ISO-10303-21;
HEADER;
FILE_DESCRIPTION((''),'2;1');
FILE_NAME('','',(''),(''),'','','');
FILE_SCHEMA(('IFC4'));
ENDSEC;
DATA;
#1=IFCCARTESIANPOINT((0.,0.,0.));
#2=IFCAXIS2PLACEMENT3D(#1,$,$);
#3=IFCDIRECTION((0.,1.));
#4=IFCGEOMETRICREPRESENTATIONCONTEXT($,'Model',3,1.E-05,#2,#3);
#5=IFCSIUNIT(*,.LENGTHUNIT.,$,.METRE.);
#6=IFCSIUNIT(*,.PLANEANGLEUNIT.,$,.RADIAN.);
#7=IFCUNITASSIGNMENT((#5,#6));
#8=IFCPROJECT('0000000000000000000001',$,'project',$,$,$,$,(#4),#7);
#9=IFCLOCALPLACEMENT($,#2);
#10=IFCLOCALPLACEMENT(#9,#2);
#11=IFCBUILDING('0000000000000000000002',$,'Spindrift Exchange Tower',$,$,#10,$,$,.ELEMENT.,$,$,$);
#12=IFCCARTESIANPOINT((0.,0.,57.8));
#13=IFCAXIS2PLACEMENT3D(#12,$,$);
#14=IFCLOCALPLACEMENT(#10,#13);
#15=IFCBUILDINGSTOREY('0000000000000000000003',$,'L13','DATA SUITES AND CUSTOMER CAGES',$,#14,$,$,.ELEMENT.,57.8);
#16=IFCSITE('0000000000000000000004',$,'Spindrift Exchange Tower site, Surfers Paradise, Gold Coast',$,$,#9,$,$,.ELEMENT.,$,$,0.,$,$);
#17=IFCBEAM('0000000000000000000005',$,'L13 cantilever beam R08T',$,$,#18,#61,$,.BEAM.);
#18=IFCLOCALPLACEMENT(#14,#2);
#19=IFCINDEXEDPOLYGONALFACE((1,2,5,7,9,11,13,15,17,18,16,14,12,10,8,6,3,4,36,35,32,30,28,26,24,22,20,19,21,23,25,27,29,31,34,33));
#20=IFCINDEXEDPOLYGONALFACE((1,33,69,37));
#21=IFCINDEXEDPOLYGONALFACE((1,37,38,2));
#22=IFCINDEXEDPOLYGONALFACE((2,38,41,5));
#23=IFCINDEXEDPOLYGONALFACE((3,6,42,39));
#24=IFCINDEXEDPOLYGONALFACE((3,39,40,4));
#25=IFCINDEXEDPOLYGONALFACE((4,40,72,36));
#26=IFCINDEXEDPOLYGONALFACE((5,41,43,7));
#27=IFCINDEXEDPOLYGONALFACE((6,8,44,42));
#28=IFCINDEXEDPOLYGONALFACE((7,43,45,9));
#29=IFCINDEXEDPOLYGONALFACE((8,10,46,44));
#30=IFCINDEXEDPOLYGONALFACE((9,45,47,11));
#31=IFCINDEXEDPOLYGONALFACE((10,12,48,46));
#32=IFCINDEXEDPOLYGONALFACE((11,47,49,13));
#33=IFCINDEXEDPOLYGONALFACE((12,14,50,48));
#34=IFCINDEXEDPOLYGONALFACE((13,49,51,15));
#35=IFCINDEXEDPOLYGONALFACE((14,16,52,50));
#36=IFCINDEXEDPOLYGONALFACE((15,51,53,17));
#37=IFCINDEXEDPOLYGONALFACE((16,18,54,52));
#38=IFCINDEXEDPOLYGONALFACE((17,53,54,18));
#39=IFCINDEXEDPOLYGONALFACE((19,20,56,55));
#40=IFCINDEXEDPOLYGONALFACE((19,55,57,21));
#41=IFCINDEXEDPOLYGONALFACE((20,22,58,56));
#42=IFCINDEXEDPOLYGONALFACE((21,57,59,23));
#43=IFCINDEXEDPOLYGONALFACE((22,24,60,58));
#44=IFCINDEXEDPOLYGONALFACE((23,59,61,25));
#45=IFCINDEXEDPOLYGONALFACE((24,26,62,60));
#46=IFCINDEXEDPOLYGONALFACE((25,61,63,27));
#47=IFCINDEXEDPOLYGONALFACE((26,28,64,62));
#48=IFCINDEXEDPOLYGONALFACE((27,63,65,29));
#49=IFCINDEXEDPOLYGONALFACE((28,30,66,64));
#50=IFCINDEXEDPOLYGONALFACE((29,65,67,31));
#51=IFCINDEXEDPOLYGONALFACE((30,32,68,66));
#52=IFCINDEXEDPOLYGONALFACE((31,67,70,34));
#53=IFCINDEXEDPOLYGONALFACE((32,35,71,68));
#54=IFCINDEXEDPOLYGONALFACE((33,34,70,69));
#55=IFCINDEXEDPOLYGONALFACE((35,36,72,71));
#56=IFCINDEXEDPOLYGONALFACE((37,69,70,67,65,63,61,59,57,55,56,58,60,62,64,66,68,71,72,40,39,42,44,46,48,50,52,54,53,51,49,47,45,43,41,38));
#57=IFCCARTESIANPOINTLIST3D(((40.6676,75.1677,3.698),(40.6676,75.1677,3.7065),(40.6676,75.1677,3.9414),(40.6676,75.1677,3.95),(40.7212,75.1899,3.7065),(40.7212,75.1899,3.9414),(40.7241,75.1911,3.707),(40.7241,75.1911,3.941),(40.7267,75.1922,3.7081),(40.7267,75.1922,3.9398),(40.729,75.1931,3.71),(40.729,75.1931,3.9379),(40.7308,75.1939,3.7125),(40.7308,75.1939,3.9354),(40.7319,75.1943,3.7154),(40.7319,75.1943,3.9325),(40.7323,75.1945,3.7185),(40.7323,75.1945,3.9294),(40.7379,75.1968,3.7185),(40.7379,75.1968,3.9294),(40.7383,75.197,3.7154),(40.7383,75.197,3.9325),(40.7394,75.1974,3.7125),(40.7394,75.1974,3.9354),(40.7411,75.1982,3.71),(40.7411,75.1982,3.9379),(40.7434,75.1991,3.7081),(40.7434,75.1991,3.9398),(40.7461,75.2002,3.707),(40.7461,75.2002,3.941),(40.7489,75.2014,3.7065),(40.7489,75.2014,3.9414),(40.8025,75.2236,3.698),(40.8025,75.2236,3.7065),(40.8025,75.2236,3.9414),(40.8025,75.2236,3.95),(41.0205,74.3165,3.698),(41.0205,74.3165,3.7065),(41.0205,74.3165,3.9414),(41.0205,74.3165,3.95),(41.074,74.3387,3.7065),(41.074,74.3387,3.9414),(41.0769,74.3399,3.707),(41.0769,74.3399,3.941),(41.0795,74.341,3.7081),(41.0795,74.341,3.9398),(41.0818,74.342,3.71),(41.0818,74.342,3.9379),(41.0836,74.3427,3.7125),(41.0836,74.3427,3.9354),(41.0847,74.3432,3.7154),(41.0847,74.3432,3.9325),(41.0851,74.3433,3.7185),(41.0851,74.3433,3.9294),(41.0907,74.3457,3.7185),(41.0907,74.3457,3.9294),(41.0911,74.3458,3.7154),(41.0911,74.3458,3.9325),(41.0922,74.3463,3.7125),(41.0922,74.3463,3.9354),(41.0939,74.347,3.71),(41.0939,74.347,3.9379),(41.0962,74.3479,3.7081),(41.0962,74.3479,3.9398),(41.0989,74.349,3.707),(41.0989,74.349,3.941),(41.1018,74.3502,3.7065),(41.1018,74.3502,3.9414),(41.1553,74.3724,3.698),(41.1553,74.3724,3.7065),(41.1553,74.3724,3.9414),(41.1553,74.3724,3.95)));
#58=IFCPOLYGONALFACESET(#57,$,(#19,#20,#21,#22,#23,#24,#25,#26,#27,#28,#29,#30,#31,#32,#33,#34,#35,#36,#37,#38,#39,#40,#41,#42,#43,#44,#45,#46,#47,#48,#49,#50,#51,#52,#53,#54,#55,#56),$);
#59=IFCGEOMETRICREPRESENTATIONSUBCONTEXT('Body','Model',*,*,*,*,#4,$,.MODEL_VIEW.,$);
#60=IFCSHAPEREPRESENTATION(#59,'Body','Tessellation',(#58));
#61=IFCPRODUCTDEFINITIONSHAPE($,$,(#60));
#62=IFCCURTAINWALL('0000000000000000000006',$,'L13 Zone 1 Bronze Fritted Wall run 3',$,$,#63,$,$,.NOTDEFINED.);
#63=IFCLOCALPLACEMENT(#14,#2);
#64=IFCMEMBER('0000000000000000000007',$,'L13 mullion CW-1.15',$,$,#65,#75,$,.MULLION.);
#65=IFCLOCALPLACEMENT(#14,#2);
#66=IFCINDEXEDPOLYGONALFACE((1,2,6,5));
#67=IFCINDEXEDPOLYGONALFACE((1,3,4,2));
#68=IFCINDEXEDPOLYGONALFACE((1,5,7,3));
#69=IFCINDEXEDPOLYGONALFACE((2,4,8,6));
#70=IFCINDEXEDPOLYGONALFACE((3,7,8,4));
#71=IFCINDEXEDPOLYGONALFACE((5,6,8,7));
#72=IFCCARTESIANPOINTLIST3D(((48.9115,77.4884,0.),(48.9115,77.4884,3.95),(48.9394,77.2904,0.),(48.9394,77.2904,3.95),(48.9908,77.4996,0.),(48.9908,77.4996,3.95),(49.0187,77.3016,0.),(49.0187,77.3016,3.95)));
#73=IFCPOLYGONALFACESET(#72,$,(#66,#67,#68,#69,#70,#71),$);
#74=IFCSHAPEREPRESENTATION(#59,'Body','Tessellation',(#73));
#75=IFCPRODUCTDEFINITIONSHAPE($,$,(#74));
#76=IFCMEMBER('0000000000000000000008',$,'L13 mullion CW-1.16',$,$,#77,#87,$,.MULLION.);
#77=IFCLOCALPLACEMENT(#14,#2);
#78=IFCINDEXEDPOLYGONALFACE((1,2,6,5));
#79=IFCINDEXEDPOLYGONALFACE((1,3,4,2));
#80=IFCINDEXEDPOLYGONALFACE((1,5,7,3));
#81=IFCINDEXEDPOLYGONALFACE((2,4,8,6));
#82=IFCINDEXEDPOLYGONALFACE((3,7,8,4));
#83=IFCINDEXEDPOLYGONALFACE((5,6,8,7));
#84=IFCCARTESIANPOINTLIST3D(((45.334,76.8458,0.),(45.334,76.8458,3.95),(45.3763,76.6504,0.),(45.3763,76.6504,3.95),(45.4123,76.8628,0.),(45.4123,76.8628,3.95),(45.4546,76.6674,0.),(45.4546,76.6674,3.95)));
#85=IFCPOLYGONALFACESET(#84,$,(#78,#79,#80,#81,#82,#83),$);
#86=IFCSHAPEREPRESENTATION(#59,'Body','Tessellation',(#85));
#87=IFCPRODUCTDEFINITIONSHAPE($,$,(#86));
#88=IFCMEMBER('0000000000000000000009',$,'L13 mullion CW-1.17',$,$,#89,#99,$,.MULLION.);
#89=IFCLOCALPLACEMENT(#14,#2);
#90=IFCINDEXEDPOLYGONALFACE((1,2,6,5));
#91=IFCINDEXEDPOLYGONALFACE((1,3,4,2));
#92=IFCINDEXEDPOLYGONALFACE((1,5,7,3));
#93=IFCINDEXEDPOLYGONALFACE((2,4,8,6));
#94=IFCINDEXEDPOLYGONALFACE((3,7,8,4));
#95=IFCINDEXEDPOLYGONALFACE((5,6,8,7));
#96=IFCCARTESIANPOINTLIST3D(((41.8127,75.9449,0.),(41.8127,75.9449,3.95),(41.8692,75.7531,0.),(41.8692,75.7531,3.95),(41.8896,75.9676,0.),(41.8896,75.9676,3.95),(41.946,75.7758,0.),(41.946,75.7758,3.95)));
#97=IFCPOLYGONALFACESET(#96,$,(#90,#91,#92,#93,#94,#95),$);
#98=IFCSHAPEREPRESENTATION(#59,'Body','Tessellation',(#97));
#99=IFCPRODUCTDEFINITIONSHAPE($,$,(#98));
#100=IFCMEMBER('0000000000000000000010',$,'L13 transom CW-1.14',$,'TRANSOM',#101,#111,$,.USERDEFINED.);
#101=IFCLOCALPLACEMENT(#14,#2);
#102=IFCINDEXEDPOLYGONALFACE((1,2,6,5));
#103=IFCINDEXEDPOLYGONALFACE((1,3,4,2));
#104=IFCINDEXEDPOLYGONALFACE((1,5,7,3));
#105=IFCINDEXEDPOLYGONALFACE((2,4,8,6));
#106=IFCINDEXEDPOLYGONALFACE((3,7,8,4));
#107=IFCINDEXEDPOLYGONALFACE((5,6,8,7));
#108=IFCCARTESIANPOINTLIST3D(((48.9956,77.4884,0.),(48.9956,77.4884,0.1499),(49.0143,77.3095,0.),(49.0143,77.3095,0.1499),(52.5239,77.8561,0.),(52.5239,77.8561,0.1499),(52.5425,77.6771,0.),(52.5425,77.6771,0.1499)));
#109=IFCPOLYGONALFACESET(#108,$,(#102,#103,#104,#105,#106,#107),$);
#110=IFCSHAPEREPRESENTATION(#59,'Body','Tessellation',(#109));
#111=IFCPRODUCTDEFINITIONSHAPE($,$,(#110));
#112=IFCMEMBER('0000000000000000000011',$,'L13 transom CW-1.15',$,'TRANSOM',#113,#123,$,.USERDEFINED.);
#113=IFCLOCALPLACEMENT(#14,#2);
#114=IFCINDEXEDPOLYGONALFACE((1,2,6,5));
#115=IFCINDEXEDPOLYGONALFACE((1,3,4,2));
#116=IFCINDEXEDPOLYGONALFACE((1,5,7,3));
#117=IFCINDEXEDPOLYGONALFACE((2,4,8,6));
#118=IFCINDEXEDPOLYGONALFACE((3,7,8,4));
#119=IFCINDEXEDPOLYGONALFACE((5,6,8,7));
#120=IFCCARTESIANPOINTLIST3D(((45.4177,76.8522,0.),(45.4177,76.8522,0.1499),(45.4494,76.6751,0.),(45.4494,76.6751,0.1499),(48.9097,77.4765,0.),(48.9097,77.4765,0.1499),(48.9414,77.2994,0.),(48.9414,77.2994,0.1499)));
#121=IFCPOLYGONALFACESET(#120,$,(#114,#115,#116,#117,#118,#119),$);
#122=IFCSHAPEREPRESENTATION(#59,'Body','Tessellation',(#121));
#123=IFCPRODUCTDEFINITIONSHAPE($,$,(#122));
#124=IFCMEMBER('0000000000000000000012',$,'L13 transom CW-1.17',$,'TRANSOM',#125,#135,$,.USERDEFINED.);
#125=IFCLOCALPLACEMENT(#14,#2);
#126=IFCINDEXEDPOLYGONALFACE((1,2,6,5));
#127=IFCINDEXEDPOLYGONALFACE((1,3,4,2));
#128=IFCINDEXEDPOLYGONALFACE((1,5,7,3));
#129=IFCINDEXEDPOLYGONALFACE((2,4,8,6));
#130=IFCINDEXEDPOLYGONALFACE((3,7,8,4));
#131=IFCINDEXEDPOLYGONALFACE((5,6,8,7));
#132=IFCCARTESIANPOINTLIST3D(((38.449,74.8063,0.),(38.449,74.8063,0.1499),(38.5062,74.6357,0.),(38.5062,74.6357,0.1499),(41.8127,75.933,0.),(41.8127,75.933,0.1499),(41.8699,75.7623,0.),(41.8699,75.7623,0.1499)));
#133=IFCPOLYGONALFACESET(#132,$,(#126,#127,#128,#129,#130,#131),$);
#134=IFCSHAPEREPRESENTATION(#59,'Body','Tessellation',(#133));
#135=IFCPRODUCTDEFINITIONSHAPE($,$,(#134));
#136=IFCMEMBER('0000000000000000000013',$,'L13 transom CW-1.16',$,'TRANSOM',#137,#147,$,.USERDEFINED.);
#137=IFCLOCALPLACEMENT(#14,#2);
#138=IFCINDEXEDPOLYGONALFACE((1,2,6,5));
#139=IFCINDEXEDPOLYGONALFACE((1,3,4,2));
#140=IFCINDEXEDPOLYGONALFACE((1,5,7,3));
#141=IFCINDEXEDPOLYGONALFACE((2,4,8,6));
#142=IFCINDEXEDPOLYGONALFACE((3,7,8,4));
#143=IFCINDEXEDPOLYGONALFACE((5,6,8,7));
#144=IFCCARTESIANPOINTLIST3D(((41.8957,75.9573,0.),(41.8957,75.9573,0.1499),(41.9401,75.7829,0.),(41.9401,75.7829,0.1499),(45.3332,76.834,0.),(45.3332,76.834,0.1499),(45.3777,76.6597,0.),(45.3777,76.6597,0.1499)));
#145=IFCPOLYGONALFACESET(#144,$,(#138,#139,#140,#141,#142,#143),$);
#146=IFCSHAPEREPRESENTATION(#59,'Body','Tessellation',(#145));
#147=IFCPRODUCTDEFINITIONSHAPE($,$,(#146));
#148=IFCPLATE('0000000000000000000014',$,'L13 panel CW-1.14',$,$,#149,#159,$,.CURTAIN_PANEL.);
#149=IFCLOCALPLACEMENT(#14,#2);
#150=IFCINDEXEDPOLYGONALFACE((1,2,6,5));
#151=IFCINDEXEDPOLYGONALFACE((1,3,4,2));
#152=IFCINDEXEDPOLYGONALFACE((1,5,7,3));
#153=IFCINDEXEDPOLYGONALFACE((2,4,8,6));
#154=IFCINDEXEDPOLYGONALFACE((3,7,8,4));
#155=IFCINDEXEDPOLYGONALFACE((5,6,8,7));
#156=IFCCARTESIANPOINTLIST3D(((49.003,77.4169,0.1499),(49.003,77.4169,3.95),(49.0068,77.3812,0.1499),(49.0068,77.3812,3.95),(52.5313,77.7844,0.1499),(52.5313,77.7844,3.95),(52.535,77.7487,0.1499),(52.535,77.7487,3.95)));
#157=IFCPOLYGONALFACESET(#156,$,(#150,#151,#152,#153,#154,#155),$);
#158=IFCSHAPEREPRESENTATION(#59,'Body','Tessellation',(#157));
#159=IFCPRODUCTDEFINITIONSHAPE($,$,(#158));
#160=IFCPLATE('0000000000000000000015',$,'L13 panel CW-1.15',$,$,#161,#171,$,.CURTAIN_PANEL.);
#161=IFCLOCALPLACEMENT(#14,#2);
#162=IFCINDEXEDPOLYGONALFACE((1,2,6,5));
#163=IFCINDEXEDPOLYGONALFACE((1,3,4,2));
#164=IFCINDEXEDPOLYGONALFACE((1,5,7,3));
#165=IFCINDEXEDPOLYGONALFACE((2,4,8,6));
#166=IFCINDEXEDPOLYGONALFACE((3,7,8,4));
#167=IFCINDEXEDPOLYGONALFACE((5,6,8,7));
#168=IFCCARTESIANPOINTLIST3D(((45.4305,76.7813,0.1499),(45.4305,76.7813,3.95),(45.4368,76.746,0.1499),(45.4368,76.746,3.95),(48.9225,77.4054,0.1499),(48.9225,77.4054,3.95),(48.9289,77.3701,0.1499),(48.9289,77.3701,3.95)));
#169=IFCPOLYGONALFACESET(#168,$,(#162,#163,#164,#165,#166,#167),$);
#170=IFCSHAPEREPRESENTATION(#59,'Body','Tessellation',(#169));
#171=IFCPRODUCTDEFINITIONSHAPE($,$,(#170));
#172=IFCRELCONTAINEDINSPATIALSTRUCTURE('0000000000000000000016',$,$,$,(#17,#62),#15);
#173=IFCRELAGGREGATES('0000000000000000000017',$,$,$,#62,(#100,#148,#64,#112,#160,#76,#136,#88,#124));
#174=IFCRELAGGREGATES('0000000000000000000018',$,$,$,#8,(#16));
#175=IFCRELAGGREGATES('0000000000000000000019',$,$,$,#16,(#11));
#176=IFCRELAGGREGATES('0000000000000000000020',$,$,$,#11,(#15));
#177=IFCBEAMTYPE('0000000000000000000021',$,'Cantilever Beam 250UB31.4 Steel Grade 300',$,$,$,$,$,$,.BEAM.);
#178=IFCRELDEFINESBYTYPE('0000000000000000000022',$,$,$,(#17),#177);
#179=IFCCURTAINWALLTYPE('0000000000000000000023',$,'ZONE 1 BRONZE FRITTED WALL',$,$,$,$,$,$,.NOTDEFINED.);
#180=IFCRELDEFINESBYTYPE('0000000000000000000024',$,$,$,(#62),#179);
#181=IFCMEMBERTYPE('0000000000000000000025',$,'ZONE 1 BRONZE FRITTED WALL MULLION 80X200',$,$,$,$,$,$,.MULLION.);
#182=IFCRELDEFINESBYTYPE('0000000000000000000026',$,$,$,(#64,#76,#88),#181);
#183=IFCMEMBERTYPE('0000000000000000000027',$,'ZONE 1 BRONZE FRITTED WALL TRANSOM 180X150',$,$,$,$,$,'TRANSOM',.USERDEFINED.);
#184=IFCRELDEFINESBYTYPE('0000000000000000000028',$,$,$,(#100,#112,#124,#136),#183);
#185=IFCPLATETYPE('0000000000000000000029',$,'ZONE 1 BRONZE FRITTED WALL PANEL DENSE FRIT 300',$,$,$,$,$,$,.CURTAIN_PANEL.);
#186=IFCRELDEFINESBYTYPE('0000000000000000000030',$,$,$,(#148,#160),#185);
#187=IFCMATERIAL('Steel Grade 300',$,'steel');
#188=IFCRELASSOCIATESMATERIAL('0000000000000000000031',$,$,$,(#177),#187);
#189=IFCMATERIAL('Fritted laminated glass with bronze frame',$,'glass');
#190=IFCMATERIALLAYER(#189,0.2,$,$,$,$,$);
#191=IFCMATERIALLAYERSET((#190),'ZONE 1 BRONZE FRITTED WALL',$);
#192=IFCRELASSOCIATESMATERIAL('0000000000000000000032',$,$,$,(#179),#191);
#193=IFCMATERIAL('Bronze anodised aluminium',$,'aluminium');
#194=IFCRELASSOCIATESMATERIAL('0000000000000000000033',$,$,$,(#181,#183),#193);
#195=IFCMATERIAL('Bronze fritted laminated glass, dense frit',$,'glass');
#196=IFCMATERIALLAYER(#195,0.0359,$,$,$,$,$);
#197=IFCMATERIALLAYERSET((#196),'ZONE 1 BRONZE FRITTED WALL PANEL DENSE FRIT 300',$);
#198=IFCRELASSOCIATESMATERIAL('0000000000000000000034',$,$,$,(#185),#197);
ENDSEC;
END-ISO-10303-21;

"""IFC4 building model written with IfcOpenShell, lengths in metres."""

from ifc_helpers import new_model, si_unit, direction, frame, origin, origin_2d, place, context, subcontext, project, spatial, rectangle, i_section, extrude, source, transform, mapped, material, layer, layer_set, material_profile, profile_set, type_object, element, aggregate, save


model = new_model("IFC4")

# Units and contexts
model_context = context("Model", 3, precision=1e-05, world=origin(), true_north=direction((0.0, 1.0)))
body_context = subcontext(model_context, "Body", "Model", "MODEL_VIEW")
ifc_project = project(units=[si_unit("LENGTHUNIT", "METRE"), si_unit("PLANEANGLEUNIT", "RADIAN")], contexts=[model_context])

# Site, building, storey
site_placement = place(None, origin())
site = spatial("IfcSite", under=ifc_project, at=site_placement, Name="Spindrift Exchange Tower site, Surfers Paradise, Gold Coast", CompositionType="ELEMENT", RefElevation=0.0)
building_placement = place(site_placement, origin())
building = spatial("IfcBuilding", under=site, at=building_placement, Name="Spindrift Exchange Tower", CompositionType="ELEMENT")
storey_placement = place(building_placement, frame((0.0, 0.0, 57.8)))
storey = spatial("IfcBuildingStorey", under=building, at=storey_placement, Name="L13", Description="DATA SUITES AND CUSTOMER CAGES", CompositionType="ELEMENT", Elevation=57.8)

# Beam
ifc_material_1 = material(Name="Steel Grade 300", Category="steel")
ifc_material_profile_1 = material_profile(ifc_material_1, i_section(OverallWidth=0.146, OverallDepth=0.252, WebThickness=0.0061, FlangeThickness=0.0085, FilletRadius=0.012, at=origin_2d()), Name="250UB31.4")
ifc_profile_set_1 = profile_set([ifc_material_profile_1], Name="Steel Grade 300")
beam_type_1 = type_object("IfcBeamType", Name="Cantilever Beam 250UB31.4 Steel Grade 300", PredefinedType="BEAM", material=ifc_profile_set_1)
shared_shape_1 = source(origin(), body_context, "Body", "SweptSolid", [
    extrude(i_section(OverallWidth=0.146, OverallDepth=0.252, WebThickness=0.0061, FlangeThickness=0.0085, FilletRadius=0.012, at=origin_2d()), origin(), (0.0, 0.0, 1.0), 0.9214),
])
beam_1_placement = place(storey_placement, frame((41.0879, 74.3445, 3.824), z_axis=(-0.382921, 0.923781, 0.0), x_axis=(-0.923781, -0.382921, 0.0)))
element("IfcBeam", 1, at=beam_1_placement, inside=storey, type_object=beam_type_1, Name="L13 cantilever beam R08T", PredefinedType="BEAM", context=body_context, shape_type="MappedRepresentation", body=[
    mapped(shared_shape_1, transform((0.0, 0.0, 0.0), scale=1.0)),
])

# Curtain wall, members, plates
ifc_material_2 = material(Name="Fritted laminated glass with bronze frame", Category="glass")
ifc_layer_1 = layer(ifc_material_2, 0.2)
ifc_layer_set_1 = layer_set([ifc_layer_1], Name="ZONE 1 BRONZE FRITTED WALL")
curtain_wall_type = type_object("IfcCurtainWallType", Name="ZONE 1 BRONZE FRITTED WALL", PredefinedType="NOTDEFINED", material=ifc_layer_set_1)
curtain_wall_placement = place(storey_placement, origin())
curtain_wall = element("IfcCurtainWall", 2, at=curtain_wall_placement, inside=storey, type_object=curtain_wall_type, Name="L13 Zone 1 Bronze Fritted Wall run 3", PredefinedType="NOTDEFINED")
ifc_material_3 = material(Name="Bronze anodised aluminium", Category="aluminium")
ifc_material_profile_2 = material_profile(ifc_material_3, rectangle(XDim=0.0801, YDim=0.2, at=origin_2d()), Name="ZONE 1 BRONZE FRITTED WALL MULLION 80X200")
ifc_profile_set_2 = profile_set([ifc_material_profile_2], Name="Bronze anodised aluminium")
member_type_1 = type_object("IfcMemberType", Name="ZONE 1 BRONZE FRITTED WALL MULLION 80X200", PredefinedType="MULLION", material=ifc_profile_set_2)
shared_shape_2 = source(origin(), body_context, "Body", "SweptSolid", [
    extrude(rectangle(XDim=0.0801, YDim=0.2, at=origin_2d()), origin(), (0.0, 0.0, 1.0), 3.95),
])
member_1_placement = place(storey_placement, frame((48.9651, 77.395, 0.0), z_axis=(0.0, 0.0, 1.0), x_axis=(-0.990171, -0.139863, 0.0)))
member_1 = element("IfcMember", 3, at=member_1_placement, type_object=member_type_1, Name="L13 mullion CW-1.15", PredefinedType="MULLION", context=body_context, shape_type="MappedRepresentation", body=[
    mapped(shared_shape_2, transform((0.0, 0.0, 0.0), scale=1.0)),
])
member_2_placement = place(storey_placement, frame((45.3943, 76.7566, 0.0), z_axis=(0.0, 0.0, 1.0), x_axis=(-0.977341, -0.21167, 0.0)))
member_2 = element("IfcMember", 4, at=member_2_placement, type_object=member_type_1, Name="L13 mullion CW-1.16", PredefinedType="MULLION", context=body_context, shape_type="MappedRepresentation", body=[
    mapped(shared_shape_2, transform((0.0, 0.0, 0.0), scale=1.0)),
])
member_3_placement = place(storey_placement, frame((41.8794, 75.8604, 0.0), z_axis=(0.0, 0.0, 1.0), x_axis=(-0.959255, -0.282542, 0.0)))
member_3 = element("IfcMember", 5, at=member_3_placement, type_object=member_type_1, Name="L13 mullion CW-1.17", PredefinedType="MULLION", context=body_context, shape_type="MappedRepresentation", body=[
    mapped(shared_shape_2, transform((0.0, 0.0, 0.0), scale=1.0)),
])
ifc_material_profile_3 = material_profile(ifc_material_3, rectangle(XDim=0.1799, YDim=0.1499, at=origin_2d()), Name="ZONE 1 BRONZE FRITTED WALL TRANSOM 180X150")
ifc_profile_set_3 = profile_set([ifc_material_profile_3], Name="Bronze anodised aluminium")
member_type_2 = type_object("IfcMemberType", Name="ZONE 1 BRONZE FRITTED WALL TRANSOM 180X150", ElementType="TRANSOM", PredefinedType="USERDEFINED", material=ifc_profile_set_3)
shared_shape_3 = source(origin(), body_context, "Body", "SweptSolid", [
    extrude(rectangle(XDim=0.1799, YDim=0.1499, at=origin_2d()), origin(), (0.0, 0.0, 1.0), 3.5474),
])
member_4_placement = place(storey_placement, frame((52.5332, 77.7666, 0.075), z_axis=(-0.994614, -0.103646, 0.0), x_axis=(0.103646, -0.994614, 0.0)))
member_4 = element("IfcMember", 6, at=member_4_placement, type_object=member_type_2, Name="L13 transom CW-1.14", ObjectType="TRANSOM", PredefinedType="USERDEFINED", context=body_context, shape_type="MappedRepresentation", body=[
    mapped(shared_shape_3, transform((0.0, 0.0, 0.0), scale=1.0)),
])
member_5_placement = place(storey_placement, frame((48.9255, 77.3879, 0.075), z_axis=(-0.984393, -0.175984, 0.0), x_axis=(0.175984, -0.984393, 0.0)))
member_5 = element("IfcMember", 7, at=member_5_placement, type_object=member_type_2, Name="L13 transom CW-1.15", ObjectType="TRANSOM", PredefinedType="USERDEFINED", context=body_context, shape_type="MappedRepresentation", body=[
    mapped(shared_shape_3, transform((0.0, 0.0, 0.0), scale=1.0)),
])
member_6_placement = place(storey_placement, frame((41.8413, 75.8477, 0.075), z_axis=(-0.948221, -0.317611, 0.0), x_axis=(0.317611, -0.948221, 0.0)))
member_6 = element("IfcMember", 8, at=member_6_placement, type_object=member_type_2, Name="L13 transom CW-1.17", ObjectType="TRANSOM", PredefinedType="USERDEFINED", context=body_context, shape_type="MappedRepresentation", body=[
    mapped(shared_shape_3, transform((0.0, 0.0, 0.0), scale=1.0)),
])
shared_shape_4 = source(origin(), body_context, "Body", "SweptSolid", [
    extrude(rectangle(XDim=0.1799, YDim=0.1499, at=origin_2d()), origin(), (0.0, 0.0, 1.0), 3.5476),
])
member_7_placement = place(storey_placement, frame((45.3555, 76.7468, 0.075), z_axis=(-0.968982, -0.247132, 0.0), x_axis=(0.247132, -0.968982, 0.0)))
member_7 = element("IfcMember", 9, at=member_7_placement, type_object=member_type_2, Name="L13 transom CW-1.16", ObjectType="TRANSOM", PredefinedType="USERDEFINED", context=body_context, shape_type="MappedRepresentation", body=[
    mapped(shared_shape_4, transform((0.0, 0.0, 0.0), scale=1.0)),
])
ifc_material_4 = material(Name="Bronze fritted laminated glass, dense frit", Category="glass")
ifc_layer_2 = layer(ifc_material_4, 0.0359)
ifc_layer_set_2 = layer_set([ifc_layer_2], Name="ZONE 1 BRONZE FRITTED WALL PANEL DENSE FRIT 300")
plate_type_1 = type_object("IfcPlateType", Name="ZONE 1 BRONZE FRITTED WALL PANEL DENSE FRIT 300", PredefinedType="CURTAIN_PANEL", material=ifc_layer_set_2)
shared_shape_5 = source(origin(), body_context, "Body", "SweptSolid", [
    extrude(rectangle(XDim=3.5474, YDim=0.0359, at=origin_2d()), origin(), (0.0, 0.0, 1.0), 3.8),
])
plate_1_placement = place(storey_placement, frame((50.769, 77.5828, 0.1499), z_axis=(0.0, 0.0, 1.0), x_axis=(-0.994619, -0.1036, 0.0)))
plate_1 = element("IfcPlate", 10, at=plate_1_placement, type_object=plate_type_1, Name="L13 panel CW-1.14", PredefinedType="CURTAIN_PANEL", context=body_context, shape_type="MappedRepresentation", body=[
    mapped(shared_shape_5, transform((0.0, 0.0, 0.0), scale=1.0)),
])
plate_2_placement = place(storey_placement, frame((47.1797, 77.0757, 0.1499), z_axis=(0.0, 0.0, 1.0), x_axis=(-0.984401, -0.175939, 0.0)))
plate_2 = element("IfcPlate", 11, at=plate_2_placement, type_object=plate_type_1, Name="L13 panel CW-1.15", PredefinedType="CURTAIN_PANEL", context=body_context, shape_type="MappedRepresentation", body=[
    mapped(shared_shape_5, transform((0.0, 0.0, 0.0), scale=1.0)),
])
aggregate(curtain_wall, [member_4, plate_1, member_1, member_5, plate_2, member_2, member_7, member_3, member_6])

save(model, "model.ifc")
